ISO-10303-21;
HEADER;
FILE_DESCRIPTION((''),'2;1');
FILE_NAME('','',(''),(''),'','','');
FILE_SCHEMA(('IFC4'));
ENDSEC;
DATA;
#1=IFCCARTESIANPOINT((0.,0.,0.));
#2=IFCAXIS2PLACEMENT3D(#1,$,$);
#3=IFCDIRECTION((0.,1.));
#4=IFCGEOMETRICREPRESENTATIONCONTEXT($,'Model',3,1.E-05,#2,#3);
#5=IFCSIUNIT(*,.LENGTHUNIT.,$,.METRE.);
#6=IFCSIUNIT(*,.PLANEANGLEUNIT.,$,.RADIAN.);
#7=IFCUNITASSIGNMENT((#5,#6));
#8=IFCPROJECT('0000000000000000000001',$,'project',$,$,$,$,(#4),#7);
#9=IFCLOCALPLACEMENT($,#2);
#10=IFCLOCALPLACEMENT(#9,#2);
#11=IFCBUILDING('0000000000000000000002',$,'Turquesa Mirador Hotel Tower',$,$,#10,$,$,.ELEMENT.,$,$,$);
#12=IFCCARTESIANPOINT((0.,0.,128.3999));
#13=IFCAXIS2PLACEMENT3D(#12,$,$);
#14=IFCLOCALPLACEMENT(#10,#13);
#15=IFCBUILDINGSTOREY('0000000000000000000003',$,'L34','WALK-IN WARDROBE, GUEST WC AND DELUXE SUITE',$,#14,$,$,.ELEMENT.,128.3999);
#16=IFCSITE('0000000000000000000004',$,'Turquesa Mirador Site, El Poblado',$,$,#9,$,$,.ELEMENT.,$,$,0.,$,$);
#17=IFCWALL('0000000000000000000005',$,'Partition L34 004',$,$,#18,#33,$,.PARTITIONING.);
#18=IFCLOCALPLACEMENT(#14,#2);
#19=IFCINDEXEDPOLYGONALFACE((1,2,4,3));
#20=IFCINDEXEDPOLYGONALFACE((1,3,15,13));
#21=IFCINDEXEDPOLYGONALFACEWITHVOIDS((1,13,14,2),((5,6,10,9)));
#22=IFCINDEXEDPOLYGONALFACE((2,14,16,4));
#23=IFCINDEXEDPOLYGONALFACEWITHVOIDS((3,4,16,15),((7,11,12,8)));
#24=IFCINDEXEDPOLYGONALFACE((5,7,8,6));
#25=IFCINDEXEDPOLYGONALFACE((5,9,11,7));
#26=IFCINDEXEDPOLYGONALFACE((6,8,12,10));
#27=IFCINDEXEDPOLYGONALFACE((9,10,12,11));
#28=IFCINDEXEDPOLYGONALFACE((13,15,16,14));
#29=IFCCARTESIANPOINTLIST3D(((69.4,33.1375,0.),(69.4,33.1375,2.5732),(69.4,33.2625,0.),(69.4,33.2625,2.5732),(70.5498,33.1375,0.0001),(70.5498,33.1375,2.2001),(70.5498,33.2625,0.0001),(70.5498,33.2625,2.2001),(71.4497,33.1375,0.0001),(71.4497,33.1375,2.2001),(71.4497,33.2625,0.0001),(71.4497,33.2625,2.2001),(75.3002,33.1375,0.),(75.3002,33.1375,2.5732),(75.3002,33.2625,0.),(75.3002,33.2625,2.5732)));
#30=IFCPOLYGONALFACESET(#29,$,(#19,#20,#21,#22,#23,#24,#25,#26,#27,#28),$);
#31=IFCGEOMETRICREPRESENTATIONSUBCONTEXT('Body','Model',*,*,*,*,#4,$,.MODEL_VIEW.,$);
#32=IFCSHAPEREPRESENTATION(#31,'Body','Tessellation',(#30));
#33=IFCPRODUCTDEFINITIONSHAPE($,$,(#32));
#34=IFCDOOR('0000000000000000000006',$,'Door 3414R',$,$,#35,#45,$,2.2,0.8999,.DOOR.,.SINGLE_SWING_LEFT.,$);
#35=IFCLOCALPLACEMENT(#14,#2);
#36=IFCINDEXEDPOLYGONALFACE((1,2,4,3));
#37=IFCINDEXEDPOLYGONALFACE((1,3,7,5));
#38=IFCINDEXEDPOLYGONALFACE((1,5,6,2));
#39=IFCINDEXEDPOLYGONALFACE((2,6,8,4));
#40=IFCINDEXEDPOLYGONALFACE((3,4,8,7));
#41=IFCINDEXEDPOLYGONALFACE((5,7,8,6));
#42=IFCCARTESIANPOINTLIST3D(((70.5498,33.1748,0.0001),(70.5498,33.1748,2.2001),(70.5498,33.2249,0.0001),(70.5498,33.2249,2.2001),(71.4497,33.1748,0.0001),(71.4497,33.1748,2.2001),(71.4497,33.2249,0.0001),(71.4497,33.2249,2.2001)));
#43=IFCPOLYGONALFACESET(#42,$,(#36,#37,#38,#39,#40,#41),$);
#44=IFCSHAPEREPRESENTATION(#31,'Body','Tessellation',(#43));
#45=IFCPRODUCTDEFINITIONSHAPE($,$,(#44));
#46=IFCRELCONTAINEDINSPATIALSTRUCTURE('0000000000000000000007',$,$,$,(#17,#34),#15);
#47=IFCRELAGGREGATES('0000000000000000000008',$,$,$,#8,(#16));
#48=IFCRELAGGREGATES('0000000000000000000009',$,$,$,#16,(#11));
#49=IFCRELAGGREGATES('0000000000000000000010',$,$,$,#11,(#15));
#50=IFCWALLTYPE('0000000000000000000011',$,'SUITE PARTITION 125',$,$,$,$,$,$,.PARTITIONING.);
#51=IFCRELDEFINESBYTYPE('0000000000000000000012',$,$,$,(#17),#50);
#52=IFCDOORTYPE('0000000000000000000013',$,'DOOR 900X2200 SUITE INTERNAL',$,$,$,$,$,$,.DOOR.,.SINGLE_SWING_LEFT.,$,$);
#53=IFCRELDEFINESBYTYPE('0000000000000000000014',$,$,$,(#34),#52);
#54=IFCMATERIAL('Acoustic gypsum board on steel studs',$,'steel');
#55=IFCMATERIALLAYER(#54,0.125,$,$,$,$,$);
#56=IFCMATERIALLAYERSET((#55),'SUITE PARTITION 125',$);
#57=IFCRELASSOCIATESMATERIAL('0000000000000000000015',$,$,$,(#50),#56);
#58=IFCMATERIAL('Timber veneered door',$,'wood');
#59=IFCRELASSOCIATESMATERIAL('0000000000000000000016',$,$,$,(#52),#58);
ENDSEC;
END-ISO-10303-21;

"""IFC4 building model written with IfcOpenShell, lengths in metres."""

from ifc_helpers import new_model, si_unit, direction, frame, frame_2d, origin, place, context, subcontext, project, spatial, rectangle, extrude, material, layer, layer_set, type_object, element, fill, save


model = new_model("IFC4")

# Units and contexts
model_context = context("Model", 3, precision=1e-05, world=origin(), true_north=direction((0.0, 1.0)))
body_context = subcontext(model_context, "Body", "Model", "MODEL_VIEW")
ifc_project = project(units=[si_unit("LENGTHUNIT", "METRE"), si_unit("PLANEANGLEUNIT", "RADIAN")], contexts=[model_context])

# Site, building, storey
site_placement = place(None, origin())
site = spatial("IfcSite", under=ifc_project, at=site_placement, Name="Turquesa Mirador Site, El Poblado", CompositionType="ELEMENT", RefElevation=0.0)
building_placement = place(site_placement, origin())
building = spatial("IfcBuilding", under=site, at=building_placement, Name="Turquesa Mirador Hotel Tower", CompositionType="ELEMENT")
storey_placement = place(building_placement, frame((0.0, 0.0, 128.3999)))
storey = spatial("IfcBuildingStorey", under=building, at=storey_placement, Name="L34", Description="WALK-IN WARDROBE, GUEST WC AND DELUXE SUITE", CompositionType="ELEMENT", Elevation=128.3999)

# Wall, opening, door
ifc_material_1 = material(Name="Acoustic gypsum board on steel studs", Category="steel")
ifc_layer_1 = layer(ifc_material_1, 0.125)
ifc_layer_set_1 = layer_set([ifc_layer_1], Name="SUITE PARTITION 125")
wall_type_1 = type_object("IfcWallType", Name="SUITE PARTITION 125", PredefinedType="PARTITIONING", material=ifc_layer_set_1)
wall_1_placement = place(storey_placement, frame((69.3999, 33.2, 0.0), z_axis=(0.0, 0.0, 1.0), x_axis=(1.0, 0.0, 0.0)))
wall_1 = element("IfcWall", 1, at=wall_1_placement, inside=storey, type_object=wall_type_1, Name="Partition L34 004", PredefinedType="PARTITIONING", context=body_context, shape_type="SweptSolid", body=[
    extrude(rectangle(XDim=5.9001, YDim=0.125, at=frame_2d((2.9502, 0.0))), origin(), (0.0, 0.0, 1.0), 2.5732),
])
opening_1_placement = place(wall_1_placement, frame((1.1499, 0.0, 0.0)))
opening_1 = element("IfcOpeningElement", 2, at=opening_1_placement, cuts=wall_1, PredefinedType="OPENING", context=body_context, shape_type="SweptSolid", body=[
    extrude(rectangle(XDim=0.8999, YDim=2.2, at=frame_2d((0.45, 1.1001))), frame((0.0, 0.0725, 0.0), z_axis=(0.0, -1.0, 0.0), x_axis=(1.0, 0.0, 0.0)), (0.0, 0.0, 1.0), 0.145),
])
ifc_material_2 = material(Name="Timber veneered door", Category="wood")
door_type_1 = type_object("IfcDoorType", Name="DOOR 900X2200 SUITE INTERNAL", OperationType="SINGLE_SWING_LEFT", PredefinedType="DOOR", material=ifc_material_2)
door_1_placement = place(opening_1_placement, origin())
door_1 = element("IfcDoor", 3, at=door_1_placement, inside=storey, type_object=door_type_1, Name="Door 3414R", OperationType="SINGLE_SWING_LEFT", OverallHeight=2.2, OverallWidth=0.8999, PredefinedType="DOOR", context=body_context, shape_type="SweptSolid", body=[
    extrude(rectangle(XDim=0.8999, YDim=2.2, at=frame_2d((0.45, 1.1001))), frame((0.0, 0.0249, 0.0), z_axis=(0.0, -1.0, 0.0), x_axis=(1.0, 0.0, 0.0)), (0.0, 0.0, 1.0), 0.05),
])
fill(opening_1, door_1)

save(model, "model.ifc")
